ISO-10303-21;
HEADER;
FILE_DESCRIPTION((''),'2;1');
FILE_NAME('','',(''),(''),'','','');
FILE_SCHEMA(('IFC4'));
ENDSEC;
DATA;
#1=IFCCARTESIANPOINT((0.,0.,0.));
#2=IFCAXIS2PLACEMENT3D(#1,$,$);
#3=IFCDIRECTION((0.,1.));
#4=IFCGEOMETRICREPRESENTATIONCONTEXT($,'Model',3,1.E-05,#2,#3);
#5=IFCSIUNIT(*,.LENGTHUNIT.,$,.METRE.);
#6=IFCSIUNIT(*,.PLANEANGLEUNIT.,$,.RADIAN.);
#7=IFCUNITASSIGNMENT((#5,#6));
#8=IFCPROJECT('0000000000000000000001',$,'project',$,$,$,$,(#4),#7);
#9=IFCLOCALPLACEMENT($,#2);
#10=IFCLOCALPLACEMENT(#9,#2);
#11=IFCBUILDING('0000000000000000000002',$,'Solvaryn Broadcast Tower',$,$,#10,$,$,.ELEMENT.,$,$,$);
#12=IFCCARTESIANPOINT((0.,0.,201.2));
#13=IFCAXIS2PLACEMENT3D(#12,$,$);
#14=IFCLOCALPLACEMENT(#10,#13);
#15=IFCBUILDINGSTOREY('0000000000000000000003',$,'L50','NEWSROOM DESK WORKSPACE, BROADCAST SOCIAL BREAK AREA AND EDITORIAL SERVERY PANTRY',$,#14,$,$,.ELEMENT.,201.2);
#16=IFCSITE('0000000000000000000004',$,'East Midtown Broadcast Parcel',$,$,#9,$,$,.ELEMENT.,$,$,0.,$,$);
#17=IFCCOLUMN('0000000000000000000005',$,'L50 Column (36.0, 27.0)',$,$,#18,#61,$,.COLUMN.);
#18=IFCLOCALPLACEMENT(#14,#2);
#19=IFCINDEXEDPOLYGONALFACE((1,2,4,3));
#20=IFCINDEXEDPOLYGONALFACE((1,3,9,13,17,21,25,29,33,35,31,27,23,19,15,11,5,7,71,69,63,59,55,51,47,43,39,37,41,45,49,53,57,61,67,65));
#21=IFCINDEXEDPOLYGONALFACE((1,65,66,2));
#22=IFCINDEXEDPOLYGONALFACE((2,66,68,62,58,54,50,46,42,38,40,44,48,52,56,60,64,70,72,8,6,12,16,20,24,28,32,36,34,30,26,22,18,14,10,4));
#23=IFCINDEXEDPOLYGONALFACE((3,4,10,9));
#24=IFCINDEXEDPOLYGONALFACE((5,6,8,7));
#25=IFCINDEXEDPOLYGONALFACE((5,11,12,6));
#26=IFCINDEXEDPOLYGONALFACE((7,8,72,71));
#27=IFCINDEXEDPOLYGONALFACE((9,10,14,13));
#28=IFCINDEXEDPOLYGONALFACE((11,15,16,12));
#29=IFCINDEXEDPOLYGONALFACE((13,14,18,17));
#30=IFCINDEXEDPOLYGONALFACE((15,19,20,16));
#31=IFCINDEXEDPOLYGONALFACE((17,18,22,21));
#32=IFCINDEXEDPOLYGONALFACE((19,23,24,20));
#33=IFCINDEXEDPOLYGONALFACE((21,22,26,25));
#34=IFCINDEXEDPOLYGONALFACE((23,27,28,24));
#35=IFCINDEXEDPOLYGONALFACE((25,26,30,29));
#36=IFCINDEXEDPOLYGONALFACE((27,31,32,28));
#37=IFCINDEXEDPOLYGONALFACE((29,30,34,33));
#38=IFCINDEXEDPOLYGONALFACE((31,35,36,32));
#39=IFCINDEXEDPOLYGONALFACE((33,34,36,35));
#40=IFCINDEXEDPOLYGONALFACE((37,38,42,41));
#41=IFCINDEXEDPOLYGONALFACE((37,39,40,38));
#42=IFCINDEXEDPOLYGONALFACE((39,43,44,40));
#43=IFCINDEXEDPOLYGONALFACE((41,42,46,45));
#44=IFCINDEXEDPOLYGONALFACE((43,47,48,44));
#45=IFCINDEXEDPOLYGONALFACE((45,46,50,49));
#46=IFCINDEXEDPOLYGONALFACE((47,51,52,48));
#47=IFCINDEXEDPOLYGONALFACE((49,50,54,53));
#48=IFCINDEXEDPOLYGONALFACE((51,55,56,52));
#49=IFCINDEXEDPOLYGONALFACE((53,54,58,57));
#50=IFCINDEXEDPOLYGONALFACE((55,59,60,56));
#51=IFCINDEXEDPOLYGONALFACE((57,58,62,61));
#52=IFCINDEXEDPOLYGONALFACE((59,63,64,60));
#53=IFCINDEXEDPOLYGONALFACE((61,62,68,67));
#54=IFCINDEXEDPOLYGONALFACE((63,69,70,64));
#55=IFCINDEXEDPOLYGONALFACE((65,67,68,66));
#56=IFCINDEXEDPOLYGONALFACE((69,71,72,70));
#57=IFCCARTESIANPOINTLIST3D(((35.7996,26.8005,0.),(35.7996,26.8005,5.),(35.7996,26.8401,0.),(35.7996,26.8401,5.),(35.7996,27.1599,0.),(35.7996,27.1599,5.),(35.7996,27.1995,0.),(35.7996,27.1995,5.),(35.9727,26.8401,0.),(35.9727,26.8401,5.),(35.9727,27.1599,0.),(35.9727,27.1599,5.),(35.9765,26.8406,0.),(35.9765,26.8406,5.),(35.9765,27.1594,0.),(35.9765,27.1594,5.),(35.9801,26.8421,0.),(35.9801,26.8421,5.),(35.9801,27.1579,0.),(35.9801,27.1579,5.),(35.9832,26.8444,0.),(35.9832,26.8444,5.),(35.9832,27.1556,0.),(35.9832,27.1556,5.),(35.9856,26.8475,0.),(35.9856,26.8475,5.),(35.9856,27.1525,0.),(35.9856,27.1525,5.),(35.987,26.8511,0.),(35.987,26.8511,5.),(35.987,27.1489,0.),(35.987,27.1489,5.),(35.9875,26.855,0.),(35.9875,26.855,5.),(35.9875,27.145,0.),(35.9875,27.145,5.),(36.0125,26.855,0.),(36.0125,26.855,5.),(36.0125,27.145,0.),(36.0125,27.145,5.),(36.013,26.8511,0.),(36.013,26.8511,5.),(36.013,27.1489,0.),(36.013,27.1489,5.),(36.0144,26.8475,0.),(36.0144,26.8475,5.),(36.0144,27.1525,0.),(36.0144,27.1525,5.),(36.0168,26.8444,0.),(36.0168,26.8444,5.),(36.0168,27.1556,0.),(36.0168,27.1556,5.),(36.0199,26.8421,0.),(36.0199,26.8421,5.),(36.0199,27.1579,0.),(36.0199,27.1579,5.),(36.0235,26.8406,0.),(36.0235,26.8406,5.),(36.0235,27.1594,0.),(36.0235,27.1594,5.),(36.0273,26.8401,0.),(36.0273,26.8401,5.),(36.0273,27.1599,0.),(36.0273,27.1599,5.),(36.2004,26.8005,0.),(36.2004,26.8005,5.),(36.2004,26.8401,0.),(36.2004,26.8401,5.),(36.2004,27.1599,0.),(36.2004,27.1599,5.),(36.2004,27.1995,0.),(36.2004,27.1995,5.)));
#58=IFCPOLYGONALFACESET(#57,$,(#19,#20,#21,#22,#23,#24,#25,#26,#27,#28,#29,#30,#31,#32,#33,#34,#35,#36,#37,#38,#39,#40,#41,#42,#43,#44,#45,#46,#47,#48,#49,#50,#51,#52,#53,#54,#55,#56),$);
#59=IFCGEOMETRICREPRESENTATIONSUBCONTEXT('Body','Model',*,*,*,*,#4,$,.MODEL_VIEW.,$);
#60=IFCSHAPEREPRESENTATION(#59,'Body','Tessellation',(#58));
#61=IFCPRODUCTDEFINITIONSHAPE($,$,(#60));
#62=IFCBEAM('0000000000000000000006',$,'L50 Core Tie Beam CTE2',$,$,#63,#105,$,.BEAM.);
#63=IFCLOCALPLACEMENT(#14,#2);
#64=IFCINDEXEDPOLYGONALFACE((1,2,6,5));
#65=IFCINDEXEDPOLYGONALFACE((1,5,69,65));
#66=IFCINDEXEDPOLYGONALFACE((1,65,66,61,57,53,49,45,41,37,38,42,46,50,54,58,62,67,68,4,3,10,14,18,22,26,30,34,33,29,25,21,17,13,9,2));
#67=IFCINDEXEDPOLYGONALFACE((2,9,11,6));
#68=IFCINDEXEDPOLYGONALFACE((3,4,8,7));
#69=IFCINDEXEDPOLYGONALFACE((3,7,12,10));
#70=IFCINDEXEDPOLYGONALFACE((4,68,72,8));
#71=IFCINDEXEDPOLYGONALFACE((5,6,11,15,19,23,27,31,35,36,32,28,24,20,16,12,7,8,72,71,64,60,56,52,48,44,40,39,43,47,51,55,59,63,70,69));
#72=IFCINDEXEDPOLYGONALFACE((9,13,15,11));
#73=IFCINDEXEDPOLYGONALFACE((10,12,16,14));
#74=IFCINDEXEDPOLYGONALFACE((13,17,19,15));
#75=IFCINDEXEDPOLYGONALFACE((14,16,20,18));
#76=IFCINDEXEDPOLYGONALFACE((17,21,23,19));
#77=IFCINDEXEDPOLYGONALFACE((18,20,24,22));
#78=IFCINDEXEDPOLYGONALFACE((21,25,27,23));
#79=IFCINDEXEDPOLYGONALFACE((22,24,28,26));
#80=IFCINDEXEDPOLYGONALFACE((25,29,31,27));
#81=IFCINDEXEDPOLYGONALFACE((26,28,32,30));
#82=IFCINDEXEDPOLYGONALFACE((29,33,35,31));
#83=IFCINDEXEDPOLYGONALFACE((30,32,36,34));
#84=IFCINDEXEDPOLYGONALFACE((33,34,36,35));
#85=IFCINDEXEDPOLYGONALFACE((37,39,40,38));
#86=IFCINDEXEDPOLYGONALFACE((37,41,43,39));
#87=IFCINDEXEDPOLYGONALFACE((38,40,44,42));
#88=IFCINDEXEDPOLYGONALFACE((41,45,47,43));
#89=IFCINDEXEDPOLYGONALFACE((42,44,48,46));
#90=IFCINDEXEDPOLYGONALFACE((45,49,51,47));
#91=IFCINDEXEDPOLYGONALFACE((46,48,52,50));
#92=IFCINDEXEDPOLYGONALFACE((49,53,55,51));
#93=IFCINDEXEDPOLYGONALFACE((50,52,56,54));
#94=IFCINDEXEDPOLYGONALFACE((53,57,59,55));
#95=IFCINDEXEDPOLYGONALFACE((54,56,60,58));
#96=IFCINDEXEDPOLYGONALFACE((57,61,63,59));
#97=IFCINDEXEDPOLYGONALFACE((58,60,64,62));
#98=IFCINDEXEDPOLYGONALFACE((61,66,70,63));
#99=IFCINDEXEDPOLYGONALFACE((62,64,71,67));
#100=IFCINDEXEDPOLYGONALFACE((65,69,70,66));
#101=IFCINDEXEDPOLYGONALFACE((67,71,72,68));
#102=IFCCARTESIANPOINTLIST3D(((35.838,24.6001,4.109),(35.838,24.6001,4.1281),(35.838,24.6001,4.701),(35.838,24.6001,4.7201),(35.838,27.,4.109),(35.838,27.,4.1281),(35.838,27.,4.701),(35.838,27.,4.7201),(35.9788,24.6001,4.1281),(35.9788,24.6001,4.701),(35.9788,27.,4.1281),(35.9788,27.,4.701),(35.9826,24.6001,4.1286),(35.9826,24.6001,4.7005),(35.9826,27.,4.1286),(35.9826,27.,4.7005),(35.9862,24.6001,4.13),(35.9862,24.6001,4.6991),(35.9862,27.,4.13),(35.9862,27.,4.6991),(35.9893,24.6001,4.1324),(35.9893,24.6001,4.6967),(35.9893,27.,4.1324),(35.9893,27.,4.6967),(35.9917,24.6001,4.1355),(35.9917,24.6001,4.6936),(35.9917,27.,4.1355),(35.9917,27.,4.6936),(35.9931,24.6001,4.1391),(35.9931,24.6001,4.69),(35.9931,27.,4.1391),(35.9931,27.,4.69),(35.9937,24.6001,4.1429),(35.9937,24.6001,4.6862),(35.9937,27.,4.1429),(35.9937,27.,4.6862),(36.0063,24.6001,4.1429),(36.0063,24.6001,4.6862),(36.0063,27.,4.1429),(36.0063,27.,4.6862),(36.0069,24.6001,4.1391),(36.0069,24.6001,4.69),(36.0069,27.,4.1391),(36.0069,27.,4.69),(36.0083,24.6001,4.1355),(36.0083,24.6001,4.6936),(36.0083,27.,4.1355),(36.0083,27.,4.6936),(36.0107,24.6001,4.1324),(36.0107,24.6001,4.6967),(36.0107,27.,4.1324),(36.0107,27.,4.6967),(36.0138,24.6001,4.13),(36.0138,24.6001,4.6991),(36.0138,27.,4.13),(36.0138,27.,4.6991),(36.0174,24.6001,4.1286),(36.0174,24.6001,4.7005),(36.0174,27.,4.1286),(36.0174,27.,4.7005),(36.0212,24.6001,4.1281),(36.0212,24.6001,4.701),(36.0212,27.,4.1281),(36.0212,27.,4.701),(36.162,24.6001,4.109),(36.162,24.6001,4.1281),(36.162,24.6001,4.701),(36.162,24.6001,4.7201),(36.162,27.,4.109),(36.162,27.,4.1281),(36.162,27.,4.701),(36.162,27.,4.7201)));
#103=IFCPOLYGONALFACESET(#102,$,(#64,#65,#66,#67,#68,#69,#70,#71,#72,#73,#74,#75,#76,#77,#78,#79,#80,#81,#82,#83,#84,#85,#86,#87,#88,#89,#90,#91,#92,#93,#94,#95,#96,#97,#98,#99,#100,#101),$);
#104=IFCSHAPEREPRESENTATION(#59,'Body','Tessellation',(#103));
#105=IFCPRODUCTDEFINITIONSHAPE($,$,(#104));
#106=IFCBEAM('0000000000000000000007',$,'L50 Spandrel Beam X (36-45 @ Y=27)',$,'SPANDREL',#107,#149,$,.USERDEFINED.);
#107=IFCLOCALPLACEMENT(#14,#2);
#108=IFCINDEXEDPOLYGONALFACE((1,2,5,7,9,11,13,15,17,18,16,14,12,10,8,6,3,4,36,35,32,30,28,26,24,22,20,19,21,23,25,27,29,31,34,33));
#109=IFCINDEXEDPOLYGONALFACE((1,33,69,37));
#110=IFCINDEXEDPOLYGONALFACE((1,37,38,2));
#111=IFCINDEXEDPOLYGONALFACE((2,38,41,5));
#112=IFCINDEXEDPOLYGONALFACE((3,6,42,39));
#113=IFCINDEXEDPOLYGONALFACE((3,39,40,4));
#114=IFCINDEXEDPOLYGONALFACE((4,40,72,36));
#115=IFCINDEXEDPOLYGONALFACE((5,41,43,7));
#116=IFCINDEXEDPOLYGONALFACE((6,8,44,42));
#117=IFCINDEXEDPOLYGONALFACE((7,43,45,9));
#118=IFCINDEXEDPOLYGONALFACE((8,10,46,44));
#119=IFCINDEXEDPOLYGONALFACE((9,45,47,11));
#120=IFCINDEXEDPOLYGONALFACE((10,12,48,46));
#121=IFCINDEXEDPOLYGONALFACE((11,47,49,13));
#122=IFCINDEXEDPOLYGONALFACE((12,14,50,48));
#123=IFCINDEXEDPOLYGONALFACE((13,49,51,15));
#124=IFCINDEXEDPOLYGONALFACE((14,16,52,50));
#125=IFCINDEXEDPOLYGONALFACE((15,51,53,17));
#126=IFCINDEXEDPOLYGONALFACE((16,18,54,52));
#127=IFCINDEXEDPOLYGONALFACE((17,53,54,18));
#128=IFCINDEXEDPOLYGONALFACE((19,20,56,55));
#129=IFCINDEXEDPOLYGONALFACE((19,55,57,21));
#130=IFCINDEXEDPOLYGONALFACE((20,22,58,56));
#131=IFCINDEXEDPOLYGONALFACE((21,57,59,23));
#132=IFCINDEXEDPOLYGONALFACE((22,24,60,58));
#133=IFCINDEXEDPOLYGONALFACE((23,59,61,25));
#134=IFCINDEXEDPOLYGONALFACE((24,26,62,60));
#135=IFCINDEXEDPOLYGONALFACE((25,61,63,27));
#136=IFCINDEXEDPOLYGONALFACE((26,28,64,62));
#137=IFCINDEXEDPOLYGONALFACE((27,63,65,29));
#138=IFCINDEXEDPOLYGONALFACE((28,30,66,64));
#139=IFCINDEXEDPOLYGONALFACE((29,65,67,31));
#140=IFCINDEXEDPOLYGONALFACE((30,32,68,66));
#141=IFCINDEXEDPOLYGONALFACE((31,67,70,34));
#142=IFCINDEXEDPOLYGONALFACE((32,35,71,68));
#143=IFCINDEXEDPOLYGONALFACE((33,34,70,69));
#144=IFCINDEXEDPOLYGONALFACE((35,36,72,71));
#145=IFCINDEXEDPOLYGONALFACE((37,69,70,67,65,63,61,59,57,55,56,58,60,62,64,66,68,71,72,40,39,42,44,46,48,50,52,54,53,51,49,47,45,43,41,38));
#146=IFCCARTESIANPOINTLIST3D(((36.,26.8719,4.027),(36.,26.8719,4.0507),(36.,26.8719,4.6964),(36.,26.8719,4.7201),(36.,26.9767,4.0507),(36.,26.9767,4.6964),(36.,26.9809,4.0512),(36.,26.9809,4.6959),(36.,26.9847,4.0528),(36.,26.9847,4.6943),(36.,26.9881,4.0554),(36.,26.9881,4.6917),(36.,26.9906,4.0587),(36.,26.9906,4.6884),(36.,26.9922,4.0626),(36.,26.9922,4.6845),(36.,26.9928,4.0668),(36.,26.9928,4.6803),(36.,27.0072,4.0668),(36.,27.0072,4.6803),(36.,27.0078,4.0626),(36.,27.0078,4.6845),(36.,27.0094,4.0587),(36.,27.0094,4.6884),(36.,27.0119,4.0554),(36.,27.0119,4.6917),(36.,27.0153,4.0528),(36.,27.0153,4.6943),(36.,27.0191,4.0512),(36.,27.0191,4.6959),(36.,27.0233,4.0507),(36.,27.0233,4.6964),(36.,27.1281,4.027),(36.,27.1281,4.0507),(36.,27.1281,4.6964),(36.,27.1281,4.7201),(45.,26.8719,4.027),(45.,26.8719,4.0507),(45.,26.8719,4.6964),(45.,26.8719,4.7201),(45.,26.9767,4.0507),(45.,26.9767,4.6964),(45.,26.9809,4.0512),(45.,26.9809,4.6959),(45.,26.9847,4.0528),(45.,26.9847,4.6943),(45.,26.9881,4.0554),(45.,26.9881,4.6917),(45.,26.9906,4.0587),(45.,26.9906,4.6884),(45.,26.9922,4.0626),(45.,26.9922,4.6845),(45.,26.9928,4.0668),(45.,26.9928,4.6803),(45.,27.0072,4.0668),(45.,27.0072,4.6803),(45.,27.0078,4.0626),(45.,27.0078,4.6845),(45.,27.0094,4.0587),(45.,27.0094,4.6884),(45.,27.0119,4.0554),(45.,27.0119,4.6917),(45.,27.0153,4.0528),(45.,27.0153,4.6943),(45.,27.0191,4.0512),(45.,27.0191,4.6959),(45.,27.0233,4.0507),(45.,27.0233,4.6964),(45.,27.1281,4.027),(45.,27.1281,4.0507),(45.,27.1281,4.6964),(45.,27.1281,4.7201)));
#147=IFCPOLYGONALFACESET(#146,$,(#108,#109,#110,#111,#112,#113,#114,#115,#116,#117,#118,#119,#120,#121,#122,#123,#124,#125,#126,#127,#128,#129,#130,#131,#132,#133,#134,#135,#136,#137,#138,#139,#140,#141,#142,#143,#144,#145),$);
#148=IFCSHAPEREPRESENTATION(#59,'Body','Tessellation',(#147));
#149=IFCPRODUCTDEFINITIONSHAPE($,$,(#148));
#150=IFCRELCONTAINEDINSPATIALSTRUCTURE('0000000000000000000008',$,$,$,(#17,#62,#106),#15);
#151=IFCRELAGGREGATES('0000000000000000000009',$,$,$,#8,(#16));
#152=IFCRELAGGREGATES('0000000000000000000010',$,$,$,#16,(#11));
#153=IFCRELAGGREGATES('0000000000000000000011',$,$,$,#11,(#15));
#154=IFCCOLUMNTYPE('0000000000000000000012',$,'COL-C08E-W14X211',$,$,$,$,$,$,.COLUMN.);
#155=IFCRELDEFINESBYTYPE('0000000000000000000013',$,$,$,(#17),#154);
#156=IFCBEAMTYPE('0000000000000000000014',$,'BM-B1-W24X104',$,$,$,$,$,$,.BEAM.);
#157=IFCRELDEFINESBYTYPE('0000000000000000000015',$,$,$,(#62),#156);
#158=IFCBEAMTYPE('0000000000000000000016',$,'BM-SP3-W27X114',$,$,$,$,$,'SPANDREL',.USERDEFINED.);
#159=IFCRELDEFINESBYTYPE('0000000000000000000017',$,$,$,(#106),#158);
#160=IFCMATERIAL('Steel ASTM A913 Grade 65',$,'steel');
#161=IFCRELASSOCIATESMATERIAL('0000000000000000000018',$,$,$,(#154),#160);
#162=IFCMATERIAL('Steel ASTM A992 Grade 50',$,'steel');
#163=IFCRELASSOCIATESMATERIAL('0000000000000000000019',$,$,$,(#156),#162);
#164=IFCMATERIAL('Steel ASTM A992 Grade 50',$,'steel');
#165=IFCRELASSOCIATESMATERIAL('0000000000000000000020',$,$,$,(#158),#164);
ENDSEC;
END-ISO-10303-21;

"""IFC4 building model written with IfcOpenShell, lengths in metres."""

from ifc_helpers import new_model, si_unit, direction, frame, origin, origin_2d, place, context, subcontext, project, spatial, i_section, extrude, material, material_profile, profile_set, type_object, element, save


model = new_model("IFC4")

# Units and contexts
model_context = context("Model", 3, precision=1e-05, world=origin(), true_north=direction((0.0, 1.0)))
body_context = subcontext(model_context, "Body", "Model", "MODEL_VIEW")
ifc_project = project(units=[si_unit("LENGTHUNIT", "METRE"), si_unit("PLANEANGLEUNIT", "RADIAN")], contexts=[model_context])

# Site, building, storey
site_placement = place(None, origin())
site = spatial("IfcSite", under=ifc_project, at=site_placement, Name="East Midtown Broadcast Parcel", CompositionType="ELEMENT", RefElevation=0.0)
building_placement = place(site_placement, origin())
building = spatial("IfcBuilding", under=site, at=building_placement, Name="Solvaryn Broadcast Tower", CompositionType="ELEMENT")
storey_placement = place(building_placement, frame((0.0, 0.0, 201.2)))
storey = spatial("IfcBuildingStorey", under=building, at=storey_placement, Name="L50", Description="NEWSROOM DESK WORKSPACE, BROADCAST SOCIAL BREAK AREA AND EDITORIAL SERVERY PANTRY", CompositionType="ELEMENT", Elevation=201.2)

# Column
ifc_material_1 = material(Name="Steel ASTM A913 Grade 65", Category="steel")
ifc_material_profile_1 = material_profile(ifc_material_1, i_section(OverallWidth=0.4009, OverallDepth=0.3989, WebThickness=0.0249, FlangeThickness=0.0396, FilletRadius=0.0149, at=origin_2d()))
ifc_profile_set_1 = profile_set([ifc_material_profile_1], Name="Steel ASTM A913 Grade 65")
column_type = type_object("IfcColumnType", Name="COL-C08E-W14X211", PredefinedType="COLUMN", material=ifc_profile_set_1)
column_placement = place(storey_placement, frame((36.0, 27.0, 0.0), z_axis=(0.0, 0.0, 1.0), x_axis=(1.0, 0.0, 0.0)))
element("IfcColumn", 1, at=column_placement, inside=storey, type_object=column_type, Name="L50 Column (36.0, 27.0)", PredefinedType="COLUMN", context=body_context, shape_type="SweptSolid", body=[
    extrude(i_section(OverallWidth=0.4009, OverallDepth=0.3989, WebThickness=0.0249, FlangeThickness=0.0396, FilletRadius=0.0149, at=origin_2d()), origin(), (0.0, 0.0, 1.0), 5.0),
])

# Beams
ifc_material_2 = material(Name="Steel ASTM A992 Grade 50", Category="steel")
ifc_material_profile_2 = material_profile(ifc_material_2, i_section(OverallWidth=0.324, OverallDepth=0.6111, WebThickness=0.0127, FlangeThickness=0.019, FilletRadius=0.0149, at=origin_2d()))
ifc_profile_set_2 = profile_set([ifc_material_profile_2], Name="Steel ASTM A992 Grade 50")
beam_type_1 = type_object("IfcBeamType", Name="BM-B1-W24X104", PredefinedType="BEAM", material=ifc_profile_set_2)
beam_1_placement = place(storey_placement, frame((36.0, 24.6001, 4.4146), z_axis=(0.0, 1.0, 0.0), x_axis=(-1.0, 0.0, 0.0)))
element("IfcBeam", 2, at=beam_1_placement, inside=storey, type_object=beam_type_1, Name="L50 Core Tie Beam CTE2", PredefinedType="BEAM", context=body_context, shape_type="SweptSolid", body=[
    extrude(i_section(OverallWidth=0.324, OverallDepth=0.6111, WebThickness=0.0127, FlangeThickness=0.019, FilletRadius=0.0149, at=origin_2d()), origin(), (0.0, 0.0, 1.0), 2.3999),
])
ifc_material_3 = material(Name="Steel ASTM A992 Grade 50", Category="steel")
ifc_material_profile_3 = material_profile(ifc_material_3, i_section(OverallWidth=0.2561, OverallDepth=0.6931, WebThickness=0.0144, FlangeThickness=0.0237, FilletRadius=0.0161, at=origin_2d()))
ifc_profile_set_3 = profile_set([ifc_material_profile_3], Name="Steel ASTM A992 Grade 50")
beam_type_2 = type_object("IfcBeamType", Name="BM-SP3-W27X114", ElementType="SPANDREL", PredefinedType="USERDEFINED", material=ifc_profile_set_3)
beam_2_placement = place(storey_placement, frame((36.0, 27.0, 4.3735), z_axis=(1.0, 0.0, 0.0), x_axis=(0.0, 1.0, 0.0)))
element("IfcBeam", 3, at=beam_2_placement, inside=storey, type_object=beam_type_2, Name="L50 Spandrel Beam X (36-45 @ Y=27)", ObjectType="SPANDREL", PredefinedType="USERDEFINED", context=body_context, shape_type="SweptSolid", body=[
    extrude(i_section(OverallWidth=0.2561, OverallDepth=0.6931, WebThickness=0.0144, FlangeThickness=0.0237, FilletRadius=0.0161, at=origin_2d()), origin(), (0.0, 0.0, 1.0), 9.0),
])

save(model, "model.ifc")
